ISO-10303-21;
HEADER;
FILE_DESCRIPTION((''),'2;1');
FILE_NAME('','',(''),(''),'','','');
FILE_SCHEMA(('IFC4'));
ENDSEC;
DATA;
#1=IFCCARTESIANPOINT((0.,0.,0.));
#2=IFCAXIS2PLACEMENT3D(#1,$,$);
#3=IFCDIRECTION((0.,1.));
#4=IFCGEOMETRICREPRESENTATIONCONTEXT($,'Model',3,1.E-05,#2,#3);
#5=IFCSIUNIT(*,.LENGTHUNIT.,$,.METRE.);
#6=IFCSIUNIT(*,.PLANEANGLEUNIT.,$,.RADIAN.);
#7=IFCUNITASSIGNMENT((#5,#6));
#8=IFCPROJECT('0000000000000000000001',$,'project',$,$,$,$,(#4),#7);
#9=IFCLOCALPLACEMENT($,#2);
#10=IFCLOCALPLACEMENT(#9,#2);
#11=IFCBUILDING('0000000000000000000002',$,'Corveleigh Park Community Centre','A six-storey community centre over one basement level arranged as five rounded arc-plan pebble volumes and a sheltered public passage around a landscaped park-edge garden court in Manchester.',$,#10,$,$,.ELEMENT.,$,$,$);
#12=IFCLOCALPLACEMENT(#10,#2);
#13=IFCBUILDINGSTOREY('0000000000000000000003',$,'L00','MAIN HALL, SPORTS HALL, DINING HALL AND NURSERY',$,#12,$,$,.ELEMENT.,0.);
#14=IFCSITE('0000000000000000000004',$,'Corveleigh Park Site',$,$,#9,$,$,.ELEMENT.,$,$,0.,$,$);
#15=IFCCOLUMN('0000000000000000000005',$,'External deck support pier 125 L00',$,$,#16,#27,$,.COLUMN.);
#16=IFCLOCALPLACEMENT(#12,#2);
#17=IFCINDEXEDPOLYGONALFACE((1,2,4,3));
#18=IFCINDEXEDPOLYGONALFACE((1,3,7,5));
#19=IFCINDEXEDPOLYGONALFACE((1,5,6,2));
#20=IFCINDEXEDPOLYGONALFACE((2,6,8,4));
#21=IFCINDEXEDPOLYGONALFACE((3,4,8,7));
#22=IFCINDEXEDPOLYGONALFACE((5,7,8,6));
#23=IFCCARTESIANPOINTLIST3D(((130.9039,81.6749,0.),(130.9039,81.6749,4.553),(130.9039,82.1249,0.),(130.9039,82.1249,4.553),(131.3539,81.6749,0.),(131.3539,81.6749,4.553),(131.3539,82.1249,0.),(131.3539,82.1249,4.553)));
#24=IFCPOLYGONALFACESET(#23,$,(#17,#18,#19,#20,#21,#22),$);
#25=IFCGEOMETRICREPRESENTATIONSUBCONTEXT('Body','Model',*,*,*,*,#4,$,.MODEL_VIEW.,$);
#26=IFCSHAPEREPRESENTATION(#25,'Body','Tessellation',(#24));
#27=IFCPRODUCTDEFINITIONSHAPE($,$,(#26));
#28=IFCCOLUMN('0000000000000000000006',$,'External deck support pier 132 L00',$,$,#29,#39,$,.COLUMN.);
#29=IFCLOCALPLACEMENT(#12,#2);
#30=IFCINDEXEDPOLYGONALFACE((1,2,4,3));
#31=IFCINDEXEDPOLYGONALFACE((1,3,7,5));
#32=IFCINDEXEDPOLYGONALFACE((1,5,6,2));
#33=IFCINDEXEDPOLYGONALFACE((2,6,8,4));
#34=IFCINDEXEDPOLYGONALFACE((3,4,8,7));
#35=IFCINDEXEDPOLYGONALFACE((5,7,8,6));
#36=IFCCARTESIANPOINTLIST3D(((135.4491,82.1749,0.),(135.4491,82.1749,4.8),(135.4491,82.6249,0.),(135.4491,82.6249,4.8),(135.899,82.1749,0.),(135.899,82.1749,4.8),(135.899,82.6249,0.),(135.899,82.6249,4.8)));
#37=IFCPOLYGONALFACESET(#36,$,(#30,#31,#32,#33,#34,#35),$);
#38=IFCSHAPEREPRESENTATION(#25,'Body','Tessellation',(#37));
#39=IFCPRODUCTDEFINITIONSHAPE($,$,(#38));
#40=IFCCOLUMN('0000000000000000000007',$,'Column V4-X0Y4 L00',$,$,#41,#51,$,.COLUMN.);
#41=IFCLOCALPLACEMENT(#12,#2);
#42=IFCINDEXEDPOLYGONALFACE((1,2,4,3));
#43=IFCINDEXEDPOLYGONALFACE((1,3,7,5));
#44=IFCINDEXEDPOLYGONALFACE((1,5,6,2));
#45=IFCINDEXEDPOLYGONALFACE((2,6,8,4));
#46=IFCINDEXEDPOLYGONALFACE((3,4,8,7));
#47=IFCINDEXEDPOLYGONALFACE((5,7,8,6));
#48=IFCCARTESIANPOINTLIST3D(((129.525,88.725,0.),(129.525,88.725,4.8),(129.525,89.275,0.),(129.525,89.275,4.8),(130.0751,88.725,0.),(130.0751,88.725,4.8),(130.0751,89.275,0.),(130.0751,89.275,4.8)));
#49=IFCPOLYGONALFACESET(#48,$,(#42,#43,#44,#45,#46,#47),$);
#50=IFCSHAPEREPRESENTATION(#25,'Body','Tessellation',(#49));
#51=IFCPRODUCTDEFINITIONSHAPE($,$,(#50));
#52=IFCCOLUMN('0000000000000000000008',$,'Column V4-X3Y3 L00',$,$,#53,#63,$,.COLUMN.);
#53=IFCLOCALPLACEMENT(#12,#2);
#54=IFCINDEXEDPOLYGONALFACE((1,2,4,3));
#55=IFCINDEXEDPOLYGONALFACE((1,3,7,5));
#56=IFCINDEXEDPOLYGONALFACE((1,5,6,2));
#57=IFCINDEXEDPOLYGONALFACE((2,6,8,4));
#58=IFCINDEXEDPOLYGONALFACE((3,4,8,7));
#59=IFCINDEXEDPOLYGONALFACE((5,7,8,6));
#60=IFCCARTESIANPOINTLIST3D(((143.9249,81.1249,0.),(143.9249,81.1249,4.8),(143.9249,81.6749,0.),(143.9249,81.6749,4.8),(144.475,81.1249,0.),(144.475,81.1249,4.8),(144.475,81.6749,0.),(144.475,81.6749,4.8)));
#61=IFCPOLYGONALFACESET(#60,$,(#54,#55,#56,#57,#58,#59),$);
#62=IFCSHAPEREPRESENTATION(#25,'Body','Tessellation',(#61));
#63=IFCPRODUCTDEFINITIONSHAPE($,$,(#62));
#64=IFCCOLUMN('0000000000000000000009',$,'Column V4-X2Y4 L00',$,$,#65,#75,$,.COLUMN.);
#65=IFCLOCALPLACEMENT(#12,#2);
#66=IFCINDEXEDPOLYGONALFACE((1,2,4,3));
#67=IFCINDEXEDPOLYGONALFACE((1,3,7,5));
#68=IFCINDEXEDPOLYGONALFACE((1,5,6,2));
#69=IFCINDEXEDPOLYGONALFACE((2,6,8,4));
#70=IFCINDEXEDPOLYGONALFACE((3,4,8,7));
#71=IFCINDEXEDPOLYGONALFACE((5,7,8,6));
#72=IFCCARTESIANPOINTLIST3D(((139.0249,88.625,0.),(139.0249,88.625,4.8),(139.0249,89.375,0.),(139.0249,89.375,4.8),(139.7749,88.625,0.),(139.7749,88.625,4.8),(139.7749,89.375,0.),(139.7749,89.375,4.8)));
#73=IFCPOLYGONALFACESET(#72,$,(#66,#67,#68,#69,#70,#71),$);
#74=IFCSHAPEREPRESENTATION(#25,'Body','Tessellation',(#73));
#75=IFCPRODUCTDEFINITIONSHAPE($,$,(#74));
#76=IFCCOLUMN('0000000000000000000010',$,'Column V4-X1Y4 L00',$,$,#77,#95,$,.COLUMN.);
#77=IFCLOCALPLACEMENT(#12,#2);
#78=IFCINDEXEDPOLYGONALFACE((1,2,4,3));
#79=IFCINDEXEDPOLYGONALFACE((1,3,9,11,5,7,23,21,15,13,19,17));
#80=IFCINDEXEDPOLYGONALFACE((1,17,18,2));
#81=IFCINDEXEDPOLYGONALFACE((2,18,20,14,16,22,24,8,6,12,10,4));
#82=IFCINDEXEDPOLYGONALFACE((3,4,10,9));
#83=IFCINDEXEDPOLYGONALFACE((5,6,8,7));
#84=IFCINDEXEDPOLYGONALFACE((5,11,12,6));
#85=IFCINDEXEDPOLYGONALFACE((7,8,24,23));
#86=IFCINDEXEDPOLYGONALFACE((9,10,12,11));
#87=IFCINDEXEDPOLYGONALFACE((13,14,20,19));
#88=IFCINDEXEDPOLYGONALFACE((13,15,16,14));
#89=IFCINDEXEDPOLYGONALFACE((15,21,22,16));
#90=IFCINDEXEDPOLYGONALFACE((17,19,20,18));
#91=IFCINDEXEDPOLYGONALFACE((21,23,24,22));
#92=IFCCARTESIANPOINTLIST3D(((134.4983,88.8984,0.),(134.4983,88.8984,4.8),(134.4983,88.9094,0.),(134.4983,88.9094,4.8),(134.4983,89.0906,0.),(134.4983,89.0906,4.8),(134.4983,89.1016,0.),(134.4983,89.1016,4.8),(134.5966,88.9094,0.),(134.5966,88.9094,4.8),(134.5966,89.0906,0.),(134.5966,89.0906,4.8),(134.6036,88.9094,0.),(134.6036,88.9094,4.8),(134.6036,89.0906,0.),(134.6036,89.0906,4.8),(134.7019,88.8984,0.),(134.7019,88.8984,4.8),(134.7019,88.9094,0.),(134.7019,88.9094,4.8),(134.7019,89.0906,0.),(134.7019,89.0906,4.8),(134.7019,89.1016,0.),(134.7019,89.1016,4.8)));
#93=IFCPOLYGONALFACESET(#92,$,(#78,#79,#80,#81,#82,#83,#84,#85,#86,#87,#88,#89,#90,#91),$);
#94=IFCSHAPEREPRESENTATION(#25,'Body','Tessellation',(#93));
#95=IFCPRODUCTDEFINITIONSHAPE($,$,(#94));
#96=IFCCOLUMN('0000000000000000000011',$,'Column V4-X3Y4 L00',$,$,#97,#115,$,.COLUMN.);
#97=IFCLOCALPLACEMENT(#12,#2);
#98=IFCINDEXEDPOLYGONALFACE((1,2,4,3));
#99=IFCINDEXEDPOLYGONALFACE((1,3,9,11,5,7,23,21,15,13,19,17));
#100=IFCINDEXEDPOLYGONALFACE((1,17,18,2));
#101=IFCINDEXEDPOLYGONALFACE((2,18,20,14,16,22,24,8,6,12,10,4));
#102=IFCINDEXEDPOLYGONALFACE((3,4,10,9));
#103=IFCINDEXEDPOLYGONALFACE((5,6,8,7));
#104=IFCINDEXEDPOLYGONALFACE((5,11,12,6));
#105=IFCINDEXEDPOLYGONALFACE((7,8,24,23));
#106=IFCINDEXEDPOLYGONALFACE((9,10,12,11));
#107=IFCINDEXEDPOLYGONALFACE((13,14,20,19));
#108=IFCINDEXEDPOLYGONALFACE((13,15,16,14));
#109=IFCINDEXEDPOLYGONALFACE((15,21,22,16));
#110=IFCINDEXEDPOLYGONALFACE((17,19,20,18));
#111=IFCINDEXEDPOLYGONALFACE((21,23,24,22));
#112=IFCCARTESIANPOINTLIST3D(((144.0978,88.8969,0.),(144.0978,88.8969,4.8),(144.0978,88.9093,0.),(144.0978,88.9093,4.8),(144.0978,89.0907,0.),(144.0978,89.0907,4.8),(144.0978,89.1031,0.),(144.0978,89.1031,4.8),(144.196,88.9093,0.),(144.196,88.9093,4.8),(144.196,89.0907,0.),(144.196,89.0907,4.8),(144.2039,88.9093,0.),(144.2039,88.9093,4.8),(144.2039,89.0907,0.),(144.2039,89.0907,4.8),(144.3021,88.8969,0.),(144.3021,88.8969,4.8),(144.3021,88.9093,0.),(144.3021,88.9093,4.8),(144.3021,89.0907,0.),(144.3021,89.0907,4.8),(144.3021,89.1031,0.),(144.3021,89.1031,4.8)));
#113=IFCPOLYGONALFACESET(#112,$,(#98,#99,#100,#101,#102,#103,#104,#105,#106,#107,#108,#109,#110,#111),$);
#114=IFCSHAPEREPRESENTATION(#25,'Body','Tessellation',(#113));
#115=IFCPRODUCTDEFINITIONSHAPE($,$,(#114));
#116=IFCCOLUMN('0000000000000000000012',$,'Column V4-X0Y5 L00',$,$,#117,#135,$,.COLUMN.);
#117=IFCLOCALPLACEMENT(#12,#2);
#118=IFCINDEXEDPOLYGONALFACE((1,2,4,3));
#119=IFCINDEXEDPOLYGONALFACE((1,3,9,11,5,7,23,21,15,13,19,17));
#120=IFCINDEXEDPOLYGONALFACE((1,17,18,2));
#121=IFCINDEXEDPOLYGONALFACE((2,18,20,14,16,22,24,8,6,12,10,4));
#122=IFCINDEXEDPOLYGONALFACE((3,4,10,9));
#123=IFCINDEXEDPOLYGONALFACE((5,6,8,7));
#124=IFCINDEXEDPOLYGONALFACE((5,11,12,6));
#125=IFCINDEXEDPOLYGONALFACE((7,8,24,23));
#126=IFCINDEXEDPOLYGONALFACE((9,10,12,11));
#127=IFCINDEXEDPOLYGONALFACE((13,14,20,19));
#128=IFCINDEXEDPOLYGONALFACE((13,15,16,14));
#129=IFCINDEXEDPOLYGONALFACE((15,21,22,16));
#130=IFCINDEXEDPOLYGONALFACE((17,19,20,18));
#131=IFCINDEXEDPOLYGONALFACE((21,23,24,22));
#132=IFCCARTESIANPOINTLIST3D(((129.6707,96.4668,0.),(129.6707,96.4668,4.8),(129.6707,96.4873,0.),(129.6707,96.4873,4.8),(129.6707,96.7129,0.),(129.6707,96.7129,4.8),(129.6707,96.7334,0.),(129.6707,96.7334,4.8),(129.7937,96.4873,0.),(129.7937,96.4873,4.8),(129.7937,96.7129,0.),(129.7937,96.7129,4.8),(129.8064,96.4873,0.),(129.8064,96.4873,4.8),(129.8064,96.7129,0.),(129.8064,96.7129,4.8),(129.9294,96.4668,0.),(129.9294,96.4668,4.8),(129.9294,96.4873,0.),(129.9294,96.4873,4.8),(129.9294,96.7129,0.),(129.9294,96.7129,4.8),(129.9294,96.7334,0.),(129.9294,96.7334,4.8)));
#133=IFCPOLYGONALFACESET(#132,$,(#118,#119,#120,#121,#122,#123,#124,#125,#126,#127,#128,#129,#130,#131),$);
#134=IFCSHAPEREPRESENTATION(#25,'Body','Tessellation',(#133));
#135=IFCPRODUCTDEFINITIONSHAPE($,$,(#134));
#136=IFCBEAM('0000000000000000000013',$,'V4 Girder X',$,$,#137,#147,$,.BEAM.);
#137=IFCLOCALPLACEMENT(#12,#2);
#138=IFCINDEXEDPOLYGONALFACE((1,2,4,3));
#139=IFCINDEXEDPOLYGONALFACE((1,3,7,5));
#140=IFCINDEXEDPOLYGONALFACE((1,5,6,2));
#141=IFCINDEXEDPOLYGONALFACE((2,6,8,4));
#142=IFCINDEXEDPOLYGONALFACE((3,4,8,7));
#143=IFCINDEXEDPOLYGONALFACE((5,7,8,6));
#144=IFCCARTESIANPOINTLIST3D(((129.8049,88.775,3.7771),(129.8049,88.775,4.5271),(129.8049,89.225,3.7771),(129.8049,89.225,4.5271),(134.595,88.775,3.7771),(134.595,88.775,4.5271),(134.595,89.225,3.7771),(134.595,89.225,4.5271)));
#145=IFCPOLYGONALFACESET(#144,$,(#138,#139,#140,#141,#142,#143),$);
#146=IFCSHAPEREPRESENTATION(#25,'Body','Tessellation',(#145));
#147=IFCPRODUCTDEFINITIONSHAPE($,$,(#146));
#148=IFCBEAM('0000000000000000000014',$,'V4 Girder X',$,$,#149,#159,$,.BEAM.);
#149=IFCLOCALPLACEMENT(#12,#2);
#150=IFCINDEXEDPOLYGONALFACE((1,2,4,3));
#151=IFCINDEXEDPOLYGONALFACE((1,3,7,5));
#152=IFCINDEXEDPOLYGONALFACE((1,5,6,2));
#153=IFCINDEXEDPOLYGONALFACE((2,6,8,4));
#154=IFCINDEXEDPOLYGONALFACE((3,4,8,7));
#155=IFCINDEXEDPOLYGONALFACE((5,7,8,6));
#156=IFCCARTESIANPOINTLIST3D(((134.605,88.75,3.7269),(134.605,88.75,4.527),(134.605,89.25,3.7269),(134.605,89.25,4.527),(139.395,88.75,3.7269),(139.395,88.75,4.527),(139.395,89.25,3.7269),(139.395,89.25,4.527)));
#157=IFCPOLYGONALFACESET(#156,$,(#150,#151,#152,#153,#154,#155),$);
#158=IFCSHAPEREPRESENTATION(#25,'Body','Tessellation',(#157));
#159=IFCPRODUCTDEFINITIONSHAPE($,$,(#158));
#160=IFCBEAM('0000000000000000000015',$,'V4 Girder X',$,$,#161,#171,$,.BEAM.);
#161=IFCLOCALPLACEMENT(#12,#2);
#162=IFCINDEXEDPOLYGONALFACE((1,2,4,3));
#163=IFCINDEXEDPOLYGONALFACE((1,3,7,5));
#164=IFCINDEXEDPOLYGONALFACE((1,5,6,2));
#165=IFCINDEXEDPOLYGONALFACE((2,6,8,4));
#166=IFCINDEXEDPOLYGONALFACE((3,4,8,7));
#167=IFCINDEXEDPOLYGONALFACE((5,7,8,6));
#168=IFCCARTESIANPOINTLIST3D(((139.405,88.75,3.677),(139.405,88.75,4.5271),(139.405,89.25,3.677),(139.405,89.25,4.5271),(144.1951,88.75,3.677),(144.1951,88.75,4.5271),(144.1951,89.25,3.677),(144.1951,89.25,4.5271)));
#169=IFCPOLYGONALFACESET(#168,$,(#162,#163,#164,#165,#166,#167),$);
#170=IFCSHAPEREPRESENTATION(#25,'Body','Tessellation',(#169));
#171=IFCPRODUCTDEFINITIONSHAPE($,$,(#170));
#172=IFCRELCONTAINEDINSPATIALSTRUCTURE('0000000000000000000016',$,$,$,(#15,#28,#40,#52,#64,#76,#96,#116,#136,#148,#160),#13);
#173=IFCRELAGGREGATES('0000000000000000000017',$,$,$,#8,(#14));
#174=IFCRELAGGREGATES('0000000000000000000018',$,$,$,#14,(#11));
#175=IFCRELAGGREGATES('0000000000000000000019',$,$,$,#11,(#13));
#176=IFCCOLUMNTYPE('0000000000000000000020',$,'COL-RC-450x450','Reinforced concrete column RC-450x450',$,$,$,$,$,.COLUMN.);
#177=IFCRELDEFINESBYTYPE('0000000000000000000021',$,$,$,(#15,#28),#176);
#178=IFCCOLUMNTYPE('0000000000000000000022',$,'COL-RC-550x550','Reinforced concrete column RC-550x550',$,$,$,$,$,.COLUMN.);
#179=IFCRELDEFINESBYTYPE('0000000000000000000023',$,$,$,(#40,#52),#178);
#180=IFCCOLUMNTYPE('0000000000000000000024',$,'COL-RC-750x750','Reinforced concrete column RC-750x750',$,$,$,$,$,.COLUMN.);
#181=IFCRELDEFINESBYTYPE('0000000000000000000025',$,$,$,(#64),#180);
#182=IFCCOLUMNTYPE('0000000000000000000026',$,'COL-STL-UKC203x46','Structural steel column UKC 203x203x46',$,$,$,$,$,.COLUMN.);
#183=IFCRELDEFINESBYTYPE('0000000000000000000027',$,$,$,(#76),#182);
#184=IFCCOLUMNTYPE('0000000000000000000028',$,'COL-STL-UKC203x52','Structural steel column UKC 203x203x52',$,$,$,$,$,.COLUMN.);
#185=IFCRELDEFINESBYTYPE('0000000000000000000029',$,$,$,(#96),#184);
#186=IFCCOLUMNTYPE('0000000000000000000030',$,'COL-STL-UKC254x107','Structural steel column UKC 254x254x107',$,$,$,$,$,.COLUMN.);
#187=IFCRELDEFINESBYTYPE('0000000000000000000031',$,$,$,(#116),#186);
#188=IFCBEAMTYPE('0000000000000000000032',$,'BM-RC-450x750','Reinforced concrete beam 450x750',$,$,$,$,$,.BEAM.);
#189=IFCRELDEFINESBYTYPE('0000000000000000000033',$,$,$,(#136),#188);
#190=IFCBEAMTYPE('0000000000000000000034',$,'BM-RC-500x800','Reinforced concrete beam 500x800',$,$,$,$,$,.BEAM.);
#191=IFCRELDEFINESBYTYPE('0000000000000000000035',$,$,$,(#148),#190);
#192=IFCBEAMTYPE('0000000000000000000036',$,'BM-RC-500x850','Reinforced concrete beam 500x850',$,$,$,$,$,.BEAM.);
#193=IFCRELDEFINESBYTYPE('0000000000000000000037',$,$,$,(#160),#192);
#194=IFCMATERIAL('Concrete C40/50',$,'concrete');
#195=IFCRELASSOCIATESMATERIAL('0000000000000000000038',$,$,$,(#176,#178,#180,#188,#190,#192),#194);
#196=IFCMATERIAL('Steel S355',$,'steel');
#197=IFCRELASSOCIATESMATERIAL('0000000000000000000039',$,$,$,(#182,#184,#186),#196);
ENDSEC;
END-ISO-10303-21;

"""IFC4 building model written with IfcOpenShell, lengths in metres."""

from ifc_helpers import new_model, si_unit, direction, frame, origin, origin_2d, place, context, subcontext, project, spatial, rectangle, i_section, extrude, material, material_profile, profile_set, type_object, element, save


model = new_model("IFC4")

# Units and contexts
model_context = context("Model", 3, precision=1e-05, world=origin(), true_north=direction((0.0, 1.0)))
body_context = subcontext(model_context, "Body", "Model", "MODEL_VIEW")
ifc_project = project(units=[si_unit("LENGTHUNIT", "METRE"), si_unit("PLANEANGLEUNIT", "RADIAN")], contexts=[model_context])

# Site, building, storey
site_placement = place(None, origin())
site = spatial("IfcSite", under=ifc_project, at=site_placement, Name="Corveleigh Park Site", CompositionType="ELEMENT", RefElevation=0.0)
building_placement = place(site_placement, origin())
building = spatial("IfcBuilding", under=site, at=building_placement, Name="Corveleigh Park Community Centre", Description="A six-storey community centre over one basement level arranged as five rounded arc-plan pebble volumes and a sheltered public passage around a landscaped park-edge garden court in Manchester.", CompositionType="ELEMENT")
storey_placement = place(building_placement, origin())
storey = spatial("IfcBuildingStorey", under=building, at=storey_placement, Name="L00", Description="MAIN HALL, SPORTS HALL, DINING HALL AND NURSERY", CompositionType="ELEMENT", Elevation=0.0)

# Columns
ifc_material_1 = material(Name="Concrete C40/50", Category="concrete")
ifc_material_profile_1 = material_profile(ifc_material_1, rectangle(XDim=0.45, YDim=0.45, at=origin_2d()), Name="RC-450x450", Category="concrete")
ifc_profile_set_1 = profile_set([ifc_material_profile_1], Name="Concrete C40/50")
column_type_1 = type_object("IfcColumnType", Name="COL-RC-450x450", Description="Reinforced concrete column RC-450x450", PredefinedType="COLUMN", material=ifc_profile_set_1)
column_1_placement = place(storey_placement, frame((131.1289, 81.8999, 0.0), z_axis=(0.0, 0.0, 1.0), x_axis=(1.0, 0.0, 0.0)))
element("IfcColumn", 1, at=column_1_placement, inside=storey, type_object=column_type_1, Name="External deck support pier 125 L00", PredefinedType="COLUMN", context=body_context, shape_type="SweptSolid", body=[
    extrude(rectangle(XDim=0.45, YDim=0.45, at=origin_2d()), origin(), (0.0, 0.0, 1.0), 4.553),
])
column_2_placement = place(storey_placement, frame((135.6741, 82.3999, 0.0), z_axis=(0.0, 0.0, 1.0), x_axis=(1.0, 0.0, 0.0)))
element("IfcColumn", 2, at=column_2_placement, inside=storey, type_object=column_type_1, Name="External deck support pier 132 L00", PredefinedType="COLUMN", context=body_context, shape_type="SweptSolid", body=[
    extrude(rectangle(XDim=0.45, YDim=0.45, at=origin_2d()), origin(), (0.0, 0.0, 1.0), 4.8),
])
ifc_material_profile_2 = material_profile(ifc_material_1, rectangle(XDim=0.55, YDim=0.55, at=origin_2d()), Name="RC-550x550", Category="concrete")
ifc_profile_set_2 = profile_set([ifc_material_profile_2], Name="Concrete C40/50")
column_type_2 = type_object("IfcColumnType", Name="COL-RC-550x550", Description="Reinforced concrete column RC-550x550", PredefinedType="COLUMN", material=ifc_profile_set_2)
for number, where, z_axis, x_axis, name in (
    (3, (129.8, 89.0, 0.0), (0.0, 0.0, 1.0), (1.0, 0.0, 0.0), "Column V4-X0Y4 L00"),
    (4, (144.2, 81.3999, 0.0), (0.0, 0.0, 1.0), (1.0, 0.0, 0.0), "Column V4-X3Y3 L00"),
):
    element("IfcColumn", number, at=place(storey_placement, frame(where, z_axis=z_axis, x_axis=x_axis)), inside=storey, type_object=column_type_2, Name=name, PredefinedType="COLUMN", context=body_context, shape_type="SweptSolid", body=[
        extrude(rectangle(XDim=0.55, YDim=0.55, at=origin_2d()), origin(), (0.0, 0.0, 1.0), 4.8),
    ])
ifc_material_profile_3 = material_profile(ifc_material_1, rectangle(XDim=0.75, YDim=0.75, at=origin_2d()), Name="RC-750x750", Category="concrete")
ifc_profile_set_3 = profile_set([ifc_material_profile_3], Name="Concrete C40/50")
column_type_3 = type_object("IfcColumnType", Name="COL-RC-750x750", Description="Reinforced concrete column RC-750x750", PredefinedType="COLUMN", material=ifc_profile_set_3)
column_3_placement = place(storey_placement, frame((139.3999, 89.0, 0.0), z_axis=(0.0, 0.0, 1.0), x_axis=(1.0, 0.0, 0.0)))
element("IfcColumn", 5, at=column_3_placement, inside=storey, type_object=column_type_3, Name="Column V4-X2Y4 L00", PredefinedType="COLUMN", context=body_context, shape_type="SweptSolid", body=[
    extrude(rectangle(XDim=0.75, YDim=0.75, at=origin_2d()), origin(), (0.0, 0.0, 1.0), 4.8),
])
ifc_material_2 = material(Name="Steel S355", Category="steel")
ifc_material_profile_4 = material_profile(ifc_material_2, i_section(OverallWidth=0.2036, OverallDepth=0.2031, WebThickness=0.0071, FlangeThickness=0.011, at=origin_2d()), Name="UKC 203x203x46", Category="steel")
ifc_profile_set_4 = profile_set([ifc_material_profile_4], Name="Steel S355")
column_type_4 = type_object("IfcColumnType", Name="COL-STL-UKC203x46", Description="Structural steel column UKC 203x203x46", PredefinedType="COLUMN", material=ifc_profile_set_4)
column_4_placement = place(storey_placement, frame((134.6001, 89.0, 0.0), z_axis=(0.0, 0.0, 1.0), x_axis=(1.0, 0.0, 0.0)))
element("IfcColumn", 6, at=column_4_placement, inside=storey, type_object=column_type_4, Name="Column V4-X1Y4 L00", PredefinedType="COLUMN", context=body_context, shape_type="SweptSolid", body=[
    extrude(i_section(OverallWidth=0.2036, OverallDepth=0.2031, WebThickness=0.0071, FlangeThickness=0.011, at=origin_2d()), origin(), (0.0, 0.0, 1.0), 4.8),
])
ifc_material_profile_5 = material_profile(ifc_material_2, i_section(OverallWidth=0.2043, OverallDepth=0.2063, WebThickness=0.0078, FlangeThickness=0.0125, at=origin_2d()), Name="UKC 203x203x52", Category="steel")
ifc_profile_set_5 = profile_set([ifc_material_profile_5], Name="Steel S355")
column_type_5 = type_object("IfcColumnType", Name="COL-STL-UKC203x52", Description="Structural steel column UKC 203x203x52", PredefinedType="COLUMN", material=ifc_profile_set_5)
column_5_placement = place(storey_placement, frame((144.2, 89.0, 0.0), z_axis=(0.0, 0.0, 1.0), x_axis=(1.0, 0.0, 0.0)))
element("IfcColumn", 7, at=column_5_placement, inside=storey, type_object=column_type_5, Name="Column V4-X3Y4 L00", PredefinedType="COLUMN", context=body_context, shape_type="SweptSolid", body=[
    extrude(i_section(OverallWidth=0.2043, OverallDepth=0.2063, WebThickness=0.0078, FlangeThickness=0.0125, at=origin_2d()), origin(), (0.0, 0.0, 1.0), 4.8),
])
ifc_material_profile_6 = material_profile(ifc_material_2, i_section(OverallWidth=0.2588, OverallDepth=0.2666, WebThickness=0.0127, FlangeThickness=0.0205, at=origin_2d()), Name="UKC 254x254x107", Category="steel")
ifc_profile_set_6 = profile_set([ifc_material_profile_6], Name="Steel S355")
column_type_6 = type_object("IfcColumnType", Name="COL-STL-UKC254x107", Description="Structural steel column UKC 254x254x107", PredefinedType="COLUMN", material=ifc_profile_set_6)
column_6_placement = place(storey_placement, frame((129.8, 96.6001, 0.0), z_axis=(0.0, 0.0, 1.0), x_axis=(1.0, 0.0, 0.0)))
element("IfcColumn", 8, at=column_6_placement, inside=storey, type_object=column_type_6, Name="Column V4-X0Y5 L00", PredefinedType="COLUMN", context=body_context, shape_type="SweptSolid", body=[
    extrude(i_section(OverallWidth=0.2588, OverallDepth=0.2666, WebThickness=0.0127, FlangeThickness=0.0205, at=origin_2d()), origin(), (0.0, 0.0, 1.0), 4.8),
])

# Beams
ifc_material_profile_7 = material_profile(ifc_material_1, rectangle(XDim=0.45, YDim=0.75, at=origin_2d()), Name="RC-450x750", Category="concrete")
ifc_profile_set_7 = profile_set([ifc_material_profile_7], Name="Concrete C40/50")
beam_type_1 = type_object("IfcBeamType", Name="BM-RC-450x750", Description="Reinforced concrete beam 450x750", PredefinedType="BEAM", material=ifc_profile_set_7)
beam_1_placement = place(storey_placement, frame((129.8049, 89.0, 4.1521), z_axis=(1.0, 0.0, 0.0), x_axis=(0.0, 1.0, 0.0)))
element("IfcBeam", 9, at=beam_1_placement, inside=storey, type_object=beam_type_1, Name="V4 Girder X", PredefinedType="BEAM", context=body_context, shape_type="SweptSolid", body=[
    extrude(rectangle(XDim=0.45, YDim=0.75, at=origin_2d()), origin(), (0.0, 0.0, 1.0), 4.79),
])
ifc_material_profile_8 = material_profile(ifc_material_1, rectangle(XDim=0.5, YDim=0.8, at=origin_2d()), Name="RC-500x800", Category="concrete")
ifc_profile_set_8 = profile_set([ifc_material_profile_8], Name="Concrete C40/50")
beam_type_2 = type_object("IfcBeamType", Name="BM-RC-500x800", Description="Reinforced concrete beam 500x800", PredefinedType="BEAM", material=ifc_profile_set_8)
beam_2_placement = place(storey_placement, frame((134.605, 89.0, 4.127), z_axis=(1.0, 0.0, 0.0), x_axis=(0.0, 1.0, 0.0)))
element("IfcBeam", 10, at=beam_2_placement, inside=storey, type_object=beam_type_2, Name="V4 Girder X", PredefinedType="BEAM", context=body_context, shape_type="SweptSolid", body=[
    extrude(rectangle(XDim=0.5, YDim=0.8, at=origin_2d()), origin(), (0.0, 0.0, 1.0), 4.79),
])
ifc_material_profile_9 = material_profile(ifc_material_1, rectangle(XDim=0.5, YDim=0.8501, at=origin_2d()), Name="RC-500x850", Category="concrete")
ifc_profile_set_9 = profile_set([ifc_material_profile_9], Name="Concrete C40/50")
beam_type_3 = type_object("IfcBeamType", Name="BM-RC-500x850", Description="Reinforced concrete beam 500x850", PredefinedType="BEAM", material=ifc_profile_set_9)
beam_3_placement = place(storey_placement, frame((139.405, 89.0, 4.1021), z_axis=(1.0, 0.0, 0.0), x_axis=(0.0, 1.0, 0.0)))
element("IfcBeam", 11, at=beam_3_placement, inside=storey, type_object=beam_type_3, Name="V4 Girder X", PredefinedType="BEAM", context=body_context, shape_type="SweptSolid", body=[
    extrude(rectangle(XDim=0.5, YDim=0.8501, at=origin_2d()), origin(), (0.0, 0.0, 1.0), 4.79),
])

save(model, "model.ifc")
